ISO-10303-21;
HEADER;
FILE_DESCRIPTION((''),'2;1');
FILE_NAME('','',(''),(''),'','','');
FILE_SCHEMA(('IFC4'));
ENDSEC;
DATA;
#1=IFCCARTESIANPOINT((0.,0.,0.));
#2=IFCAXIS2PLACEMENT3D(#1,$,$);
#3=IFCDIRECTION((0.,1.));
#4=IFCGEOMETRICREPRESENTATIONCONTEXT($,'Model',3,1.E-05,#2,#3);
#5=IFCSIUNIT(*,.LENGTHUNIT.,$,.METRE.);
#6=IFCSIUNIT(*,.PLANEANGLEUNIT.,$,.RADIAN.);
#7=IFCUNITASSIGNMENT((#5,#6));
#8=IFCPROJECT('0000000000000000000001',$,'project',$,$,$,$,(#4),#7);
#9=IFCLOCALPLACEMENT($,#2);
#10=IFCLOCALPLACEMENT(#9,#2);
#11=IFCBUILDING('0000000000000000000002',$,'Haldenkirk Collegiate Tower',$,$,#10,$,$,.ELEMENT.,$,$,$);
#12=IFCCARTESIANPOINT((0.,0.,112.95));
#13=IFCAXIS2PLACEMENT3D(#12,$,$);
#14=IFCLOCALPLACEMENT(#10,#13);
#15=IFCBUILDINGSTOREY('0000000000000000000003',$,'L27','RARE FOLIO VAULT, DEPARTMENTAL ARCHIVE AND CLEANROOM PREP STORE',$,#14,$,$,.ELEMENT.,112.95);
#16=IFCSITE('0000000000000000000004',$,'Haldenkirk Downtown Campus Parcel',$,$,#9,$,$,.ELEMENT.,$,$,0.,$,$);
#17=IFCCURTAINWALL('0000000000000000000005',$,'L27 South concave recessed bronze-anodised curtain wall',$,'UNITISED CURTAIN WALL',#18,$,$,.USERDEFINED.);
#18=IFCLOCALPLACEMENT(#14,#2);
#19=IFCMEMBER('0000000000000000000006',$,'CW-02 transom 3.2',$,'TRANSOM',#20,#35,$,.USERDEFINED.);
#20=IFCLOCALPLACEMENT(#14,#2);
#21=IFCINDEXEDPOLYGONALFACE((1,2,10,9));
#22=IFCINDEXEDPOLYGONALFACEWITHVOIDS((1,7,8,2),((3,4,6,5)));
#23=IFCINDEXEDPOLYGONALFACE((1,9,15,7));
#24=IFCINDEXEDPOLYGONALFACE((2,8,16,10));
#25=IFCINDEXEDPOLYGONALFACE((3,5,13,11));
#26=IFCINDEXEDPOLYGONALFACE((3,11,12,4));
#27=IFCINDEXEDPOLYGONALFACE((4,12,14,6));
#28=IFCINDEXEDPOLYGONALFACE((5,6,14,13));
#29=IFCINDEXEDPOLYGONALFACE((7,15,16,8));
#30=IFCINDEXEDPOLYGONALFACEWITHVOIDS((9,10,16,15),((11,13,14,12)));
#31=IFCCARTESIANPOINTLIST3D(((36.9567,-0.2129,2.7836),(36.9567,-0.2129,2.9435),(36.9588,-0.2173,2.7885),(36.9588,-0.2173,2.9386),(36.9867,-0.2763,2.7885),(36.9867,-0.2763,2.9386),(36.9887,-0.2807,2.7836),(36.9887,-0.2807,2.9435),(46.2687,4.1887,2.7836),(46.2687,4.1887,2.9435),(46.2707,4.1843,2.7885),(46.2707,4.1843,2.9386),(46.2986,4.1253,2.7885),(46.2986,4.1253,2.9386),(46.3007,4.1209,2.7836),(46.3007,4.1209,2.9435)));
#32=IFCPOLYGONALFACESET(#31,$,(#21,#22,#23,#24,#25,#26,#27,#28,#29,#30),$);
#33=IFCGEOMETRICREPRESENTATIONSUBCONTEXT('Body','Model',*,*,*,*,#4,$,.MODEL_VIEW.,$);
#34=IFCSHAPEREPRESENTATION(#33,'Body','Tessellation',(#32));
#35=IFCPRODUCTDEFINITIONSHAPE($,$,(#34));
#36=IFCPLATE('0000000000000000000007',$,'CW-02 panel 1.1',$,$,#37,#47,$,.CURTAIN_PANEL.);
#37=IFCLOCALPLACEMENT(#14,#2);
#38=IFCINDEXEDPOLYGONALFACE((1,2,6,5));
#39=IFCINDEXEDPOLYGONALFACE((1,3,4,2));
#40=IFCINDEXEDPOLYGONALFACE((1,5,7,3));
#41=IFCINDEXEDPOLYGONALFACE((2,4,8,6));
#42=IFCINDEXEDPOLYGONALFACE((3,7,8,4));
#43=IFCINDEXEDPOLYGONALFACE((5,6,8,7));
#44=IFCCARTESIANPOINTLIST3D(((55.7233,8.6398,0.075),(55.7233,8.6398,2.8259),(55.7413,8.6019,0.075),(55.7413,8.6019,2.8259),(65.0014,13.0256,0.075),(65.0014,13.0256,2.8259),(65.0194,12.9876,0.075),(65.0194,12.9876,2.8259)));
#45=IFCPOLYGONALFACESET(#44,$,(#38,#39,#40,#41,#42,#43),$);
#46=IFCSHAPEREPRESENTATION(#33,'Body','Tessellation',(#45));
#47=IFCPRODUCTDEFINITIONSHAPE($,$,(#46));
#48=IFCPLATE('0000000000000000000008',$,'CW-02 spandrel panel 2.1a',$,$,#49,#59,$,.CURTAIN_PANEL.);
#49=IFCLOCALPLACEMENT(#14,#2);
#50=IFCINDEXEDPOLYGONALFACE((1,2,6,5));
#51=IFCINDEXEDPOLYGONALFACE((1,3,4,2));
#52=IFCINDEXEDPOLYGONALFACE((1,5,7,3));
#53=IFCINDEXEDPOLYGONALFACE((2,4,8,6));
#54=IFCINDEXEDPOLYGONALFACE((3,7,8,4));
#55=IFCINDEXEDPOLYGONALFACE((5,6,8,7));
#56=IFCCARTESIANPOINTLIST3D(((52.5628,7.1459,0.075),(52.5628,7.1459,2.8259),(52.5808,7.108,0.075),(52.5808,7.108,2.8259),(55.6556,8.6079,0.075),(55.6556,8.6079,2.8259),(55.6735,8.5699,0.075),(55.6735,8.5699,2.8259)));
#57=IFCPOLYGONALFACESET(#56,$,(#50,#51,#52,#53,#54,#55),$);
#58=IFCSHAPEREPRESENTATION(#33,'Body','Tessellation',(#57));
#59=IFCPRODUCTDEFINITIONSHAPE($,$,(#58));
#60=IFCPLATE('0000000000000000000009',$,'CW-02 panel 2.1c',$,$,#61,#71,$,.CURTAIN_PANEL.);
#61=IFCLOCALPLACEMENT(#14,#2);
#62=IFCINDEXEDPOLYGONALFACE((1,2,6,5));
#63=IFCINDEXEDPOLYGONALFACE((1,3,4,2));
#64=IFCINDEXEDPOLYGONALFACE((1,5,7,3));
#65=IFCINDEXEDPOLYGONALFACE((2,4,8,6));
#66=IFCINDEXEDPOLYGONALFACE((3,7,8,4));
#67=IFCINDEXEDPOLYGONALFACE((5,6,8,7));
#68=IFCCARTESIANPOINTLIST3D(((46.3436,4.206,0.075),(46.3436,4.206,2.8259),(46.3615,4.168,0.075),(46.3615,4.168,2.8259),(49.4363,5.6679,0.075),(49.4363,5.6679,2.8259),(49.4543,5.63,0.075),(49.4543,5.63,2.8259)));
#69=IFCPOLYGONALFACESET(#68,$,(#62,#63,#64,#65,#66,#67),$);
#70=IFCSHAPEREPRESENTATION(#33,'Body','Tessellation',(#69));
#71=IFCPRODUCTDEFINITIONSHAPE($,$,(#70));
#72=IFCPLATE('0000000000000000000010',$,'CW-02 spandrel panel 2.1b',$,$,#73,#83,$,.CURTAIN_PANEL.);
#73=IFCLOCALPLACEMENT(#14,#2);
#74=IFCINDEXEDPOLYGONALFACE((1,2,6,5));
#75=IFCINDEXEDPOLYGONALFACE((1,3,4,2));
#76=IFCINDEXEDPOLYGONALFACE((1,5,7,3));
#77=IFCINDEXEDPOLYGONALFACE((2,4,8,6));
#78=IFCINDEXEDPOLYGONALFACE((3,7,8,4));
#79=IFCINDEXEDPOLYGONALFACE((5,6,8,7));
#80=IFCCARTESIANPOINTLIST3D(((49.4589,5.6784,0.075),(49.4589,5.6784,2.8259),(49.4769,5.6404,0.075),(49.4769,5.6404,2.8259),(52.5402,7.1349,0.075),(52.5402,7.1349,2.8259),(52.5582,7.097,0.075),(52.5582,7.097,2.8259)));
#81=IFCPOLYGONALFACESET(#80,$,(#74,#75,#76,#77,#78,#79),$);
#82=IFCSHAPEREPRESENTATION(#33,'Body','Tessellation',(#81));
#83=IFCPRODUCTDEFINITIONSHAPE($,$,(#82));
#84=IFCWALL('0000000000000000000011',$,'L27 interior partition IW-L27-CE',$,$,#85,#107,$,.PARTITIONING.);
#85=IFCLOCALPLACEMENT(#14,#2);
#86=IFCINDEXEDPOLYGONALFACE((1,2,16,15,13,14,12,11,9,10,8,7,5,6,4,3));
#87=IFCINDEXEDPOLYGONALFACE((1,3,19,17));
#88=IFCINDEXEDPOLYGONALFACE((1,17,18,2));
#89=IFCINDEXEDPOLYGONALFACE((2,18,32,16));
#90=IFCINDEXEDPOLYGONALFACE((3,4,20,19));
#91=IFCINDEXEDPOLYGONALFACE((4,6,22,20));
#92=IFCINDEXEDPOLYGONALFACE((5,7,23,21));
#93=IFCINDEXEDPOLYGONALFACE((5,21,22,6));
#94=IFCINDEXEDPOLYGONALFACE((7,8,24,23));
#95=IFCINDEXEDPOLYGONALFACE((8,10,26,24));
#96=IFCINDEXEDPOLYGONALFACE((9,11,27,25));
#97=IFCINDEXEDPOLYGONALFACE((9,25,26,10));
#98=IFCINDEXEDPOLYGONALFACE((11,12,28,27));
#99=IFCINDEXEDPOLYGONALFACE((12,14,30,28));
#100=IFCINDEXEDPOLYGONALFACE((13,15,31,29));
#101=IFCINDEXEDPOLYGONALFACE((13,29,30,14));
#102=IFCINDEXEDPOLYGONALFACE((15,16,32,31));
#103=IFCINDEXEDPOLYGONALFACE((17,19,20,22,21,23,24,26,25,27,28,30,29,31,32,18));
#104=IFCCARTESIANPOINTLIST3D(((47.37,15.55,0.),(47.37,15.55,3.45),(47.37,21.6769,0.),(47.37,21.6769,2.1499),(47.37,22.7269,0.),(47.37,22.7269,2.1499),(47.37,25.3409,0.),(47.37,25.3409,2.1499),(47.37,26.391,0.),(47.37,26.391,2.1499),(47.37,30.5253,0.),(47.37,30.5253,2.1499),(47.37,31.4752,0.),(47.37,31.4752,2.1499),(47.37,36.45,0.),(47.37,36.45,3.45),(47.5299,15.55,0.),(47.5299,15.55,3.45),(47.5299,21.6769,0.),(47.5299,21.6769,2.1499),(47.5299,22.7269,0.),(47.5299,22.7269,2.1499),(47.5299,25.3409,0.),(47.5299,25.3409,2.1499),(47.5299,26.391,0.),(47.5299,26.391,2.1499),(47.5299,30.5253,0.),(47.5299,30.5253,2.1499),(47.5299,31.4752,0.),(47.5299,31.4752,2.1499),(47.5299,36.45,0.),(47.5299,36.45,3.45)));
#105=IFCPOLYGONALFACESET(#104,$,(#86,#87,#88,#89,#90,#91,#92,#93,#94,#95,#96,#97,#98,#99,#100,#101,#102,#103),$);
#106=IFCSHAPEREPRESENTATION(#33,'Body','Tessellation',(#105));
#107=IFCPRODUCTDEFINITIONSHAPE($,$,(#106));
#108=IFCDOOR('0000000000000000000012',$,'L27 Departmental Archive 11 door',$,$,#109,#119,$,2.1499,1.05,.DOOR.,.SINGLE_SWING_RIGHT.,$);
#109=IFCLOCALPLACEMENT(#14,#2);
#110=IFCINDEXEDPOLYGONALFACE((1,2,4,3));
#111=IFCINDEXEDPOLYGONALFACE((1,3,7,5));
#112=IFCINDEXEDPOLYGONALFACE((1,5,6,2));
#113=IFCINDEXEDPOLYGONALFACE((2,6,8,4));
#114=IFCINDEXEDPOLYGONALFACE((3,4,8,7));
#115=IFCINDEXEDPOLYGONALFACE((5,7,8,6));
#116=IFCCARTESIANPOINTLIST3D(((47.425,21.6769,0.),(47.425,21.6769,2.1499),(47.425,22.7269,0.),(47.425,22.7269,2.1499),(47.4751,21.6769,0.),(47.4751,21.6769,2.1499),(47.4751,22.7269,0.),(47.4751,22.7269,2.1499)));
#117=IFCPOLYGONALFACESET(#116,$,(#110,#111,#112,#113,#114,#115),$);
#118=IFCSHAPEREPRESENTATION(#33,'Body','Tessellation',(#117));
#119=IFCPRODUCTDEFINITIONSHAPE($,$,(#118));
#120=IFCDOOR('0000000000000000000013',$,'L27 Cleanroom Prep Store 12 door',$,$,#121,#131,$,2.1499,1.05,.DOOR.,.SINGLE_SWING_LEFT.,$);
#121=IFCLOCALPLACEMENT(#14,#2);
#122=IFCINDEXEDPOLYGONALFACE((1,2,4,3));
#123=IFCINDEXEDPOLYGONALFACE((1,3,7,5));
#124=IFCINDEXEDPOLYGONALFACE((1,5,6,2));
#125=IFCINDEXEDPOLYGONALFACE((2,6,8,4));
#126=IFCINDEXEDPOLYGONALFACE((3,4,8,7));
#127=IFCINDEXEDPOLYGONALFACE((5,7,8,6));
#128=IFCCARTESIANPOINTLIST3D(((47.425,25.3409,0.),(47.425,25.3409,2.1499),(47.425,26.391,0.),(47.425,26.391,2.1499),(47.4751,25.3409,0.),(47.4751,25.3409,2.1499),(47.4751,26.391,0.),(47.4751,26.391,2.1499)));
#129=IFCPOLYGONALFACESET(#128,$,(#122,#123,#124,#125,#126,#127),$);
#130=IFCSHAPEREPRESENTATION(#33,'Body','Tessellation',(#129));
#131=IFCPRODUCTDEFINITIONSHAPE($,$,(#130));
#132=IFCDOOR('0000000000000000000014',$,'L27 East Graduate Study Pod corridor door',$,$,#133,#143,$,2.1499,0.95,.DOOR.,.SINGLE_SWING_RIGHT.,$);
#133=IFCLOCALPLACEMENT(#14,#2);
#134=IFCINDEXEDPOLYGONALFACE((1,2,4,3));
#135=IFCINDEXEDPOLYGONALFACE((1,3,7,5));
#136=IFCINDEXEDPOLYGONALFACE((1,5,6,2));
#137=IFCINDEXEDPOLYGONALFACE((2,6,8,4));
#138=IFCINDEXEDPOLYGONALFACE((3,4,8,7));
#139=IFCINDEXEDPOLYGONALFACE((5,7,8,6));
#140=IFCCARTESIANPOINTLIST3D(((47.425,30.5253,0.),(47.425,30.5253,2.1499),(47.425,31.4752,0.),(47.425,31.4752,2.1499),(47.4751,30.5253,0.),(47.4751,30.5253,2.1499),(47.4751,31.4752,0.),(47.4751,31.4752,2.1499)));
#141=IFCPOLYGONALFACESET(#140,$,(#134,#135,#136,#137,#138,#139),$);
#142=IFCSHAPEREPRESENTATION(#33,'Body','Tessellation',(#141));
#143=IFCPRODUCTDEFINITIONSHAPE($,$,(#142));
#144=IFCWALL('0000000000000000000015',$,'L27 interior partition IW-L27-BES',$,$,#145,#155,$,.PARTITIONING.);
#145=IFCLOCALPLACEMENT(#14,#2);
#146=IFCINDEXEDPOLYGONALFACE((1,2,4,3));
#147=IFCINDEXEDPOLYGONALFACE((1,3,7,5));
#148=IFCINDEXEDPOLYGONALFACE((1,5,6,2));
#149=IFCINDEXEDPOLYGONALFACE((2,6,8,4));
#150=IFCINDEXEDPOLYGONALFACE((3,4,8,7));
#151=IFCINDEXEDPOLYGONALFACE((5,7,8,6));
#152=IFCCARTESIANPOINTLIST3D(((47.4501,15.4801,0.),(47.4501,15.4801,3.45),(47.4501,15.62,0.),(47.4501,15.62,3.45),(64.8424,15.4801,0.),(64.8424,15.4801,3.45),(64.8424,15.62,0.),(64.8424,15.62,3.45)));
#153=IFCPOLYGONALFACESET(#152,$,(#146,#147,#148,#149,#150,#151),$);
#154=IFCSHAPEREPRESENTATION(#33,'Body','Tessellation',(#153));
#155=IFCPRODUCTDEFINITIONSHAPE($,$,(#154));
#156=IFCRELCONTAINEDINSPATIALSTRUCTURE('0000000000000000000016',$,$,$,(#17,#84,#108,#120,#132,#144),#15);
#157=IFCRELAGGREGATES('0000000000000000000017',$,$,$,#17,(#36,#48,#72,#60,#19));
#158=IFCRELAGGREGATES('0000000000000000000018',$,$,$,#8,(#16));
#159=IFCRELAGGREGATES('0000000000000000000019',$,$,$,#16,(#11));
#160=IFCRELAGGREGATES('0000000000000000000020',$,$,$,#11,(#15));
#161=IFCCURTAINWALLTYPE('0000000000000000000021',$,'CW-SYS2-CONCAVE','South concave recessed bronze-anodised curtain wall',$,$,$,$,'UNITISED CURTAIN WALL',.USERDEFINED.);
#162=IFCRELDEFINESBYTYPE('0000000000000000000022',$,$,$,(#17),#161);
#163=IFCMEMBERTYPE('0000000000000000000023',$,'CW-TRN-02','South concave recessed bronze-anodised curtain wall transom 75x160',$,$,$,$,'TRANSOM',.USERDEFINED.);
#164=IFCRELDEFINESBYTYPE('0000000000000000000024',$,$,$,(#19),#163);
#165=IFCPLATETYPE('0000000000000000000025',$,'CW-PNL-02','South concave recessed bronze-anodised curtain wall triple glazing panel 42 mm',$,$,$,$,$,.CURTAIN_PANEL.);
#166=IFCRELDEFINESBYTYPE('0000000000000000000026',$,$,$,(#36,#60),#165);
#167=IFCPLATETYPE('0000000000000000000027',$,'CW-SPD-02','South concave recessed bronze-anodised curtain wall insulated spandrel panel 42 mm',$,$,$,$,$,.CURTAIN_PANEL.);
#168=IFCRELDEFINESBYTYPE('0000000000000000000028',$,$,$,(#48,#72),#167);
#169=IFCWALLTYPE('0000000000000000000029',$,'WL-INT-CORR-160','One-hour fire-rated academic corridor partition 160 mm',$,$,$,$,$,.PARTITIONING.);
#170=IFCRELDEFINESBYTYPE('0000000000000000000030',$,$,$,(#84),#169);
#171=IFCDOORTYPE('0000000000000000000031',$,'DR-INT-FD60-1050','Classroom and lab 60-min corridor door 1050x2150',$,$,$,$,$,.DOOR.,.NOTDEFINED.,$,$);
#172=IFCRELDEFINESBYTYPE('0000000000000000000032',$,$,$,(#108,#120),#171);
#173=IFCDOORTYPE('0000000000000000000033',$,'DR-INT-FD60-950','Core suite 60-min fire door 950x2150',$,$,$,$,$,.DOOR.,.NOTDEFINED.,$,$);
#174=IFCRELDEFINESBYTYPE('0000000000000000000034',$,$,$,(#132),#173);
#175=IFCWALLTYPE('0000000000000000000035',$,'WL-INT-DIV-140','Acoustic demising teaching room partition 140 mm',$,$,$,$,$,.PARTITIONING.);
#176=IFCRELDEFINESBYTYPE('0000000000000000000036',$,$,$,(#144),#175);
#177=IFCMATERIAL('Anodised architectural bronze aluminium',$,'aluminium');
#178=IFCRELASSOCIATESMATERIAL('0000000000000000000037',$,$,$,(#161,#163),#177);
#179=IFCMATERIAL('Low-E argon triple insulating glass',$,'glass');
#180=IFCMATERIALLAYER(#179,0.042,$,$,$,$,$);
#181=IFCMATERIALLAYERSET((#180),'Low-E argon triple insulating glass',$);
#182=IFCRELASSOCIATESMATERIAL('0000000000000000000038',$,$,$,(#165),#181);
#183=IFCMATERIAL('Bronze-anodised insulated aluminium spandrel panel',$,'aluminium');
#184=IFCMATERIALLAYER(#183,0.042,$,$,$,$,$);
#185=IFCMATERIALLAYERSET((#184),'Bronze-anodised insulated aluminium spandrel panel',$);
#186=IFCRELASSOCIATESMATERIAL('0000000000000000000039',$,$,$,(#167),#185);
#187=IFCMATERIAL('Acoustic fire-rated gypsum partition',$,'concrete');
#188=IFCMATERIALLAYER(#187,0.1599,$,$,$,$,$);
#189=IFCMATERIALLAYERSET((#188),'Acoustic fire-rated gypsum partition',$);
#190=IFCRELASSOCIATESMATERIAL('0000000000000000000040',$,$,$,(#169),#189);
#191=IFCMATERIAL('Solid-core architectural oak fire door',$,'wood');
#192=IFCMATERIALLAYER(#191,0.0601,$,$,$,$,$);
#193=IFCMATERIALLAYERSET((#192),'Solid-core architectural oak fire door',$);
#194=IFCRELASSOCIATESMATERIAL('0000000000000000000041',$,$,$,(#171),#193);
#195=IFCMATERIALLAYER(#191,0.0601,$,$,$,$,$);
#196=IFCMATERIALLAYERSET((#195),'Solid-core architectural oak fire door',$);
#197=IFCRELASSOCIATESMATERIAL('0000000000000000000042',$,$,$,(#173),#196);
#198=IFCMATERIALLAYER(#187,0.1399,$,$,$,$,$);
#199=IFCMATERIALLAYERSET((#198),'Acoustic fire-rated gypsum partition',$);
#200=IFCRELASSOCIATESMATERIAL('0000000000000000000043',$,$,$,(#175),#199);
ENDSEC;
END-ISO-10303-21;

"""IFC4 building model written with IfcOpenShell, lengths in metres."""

from ifc_helpers import new_model, si_unit, direction, frame, frame_2d, origin, origin_2d, place, context, subcontext, project, spatial, rectangle, hollow_rectangle, extrude, source, transform, mapped, material, layer, layer_set, material_profile, profile_set, type_object, element, fill, aggregate, save


model = new_model("IFC4")

# Units and contexts
model_context = context("Model", 3, precision=1e-05, world=origin(), true_north=direction((0.0, 1.0)))
body_context = subcontext(model_context, "Body", "Model", "MODEL_VIEW")
ifc_project = project(units=[si_unit("LENGTHUNIT", "METRE"), si_unit("PLANEANGLEUNIT", "RADIAN")], contexts=[model_context])

# Site, building, storey
site_placement = place(None, origin())
site = spatial("IfcSite", under=ifc_project, at=site_placement, Name="Haldenkirk Downtown Campus Parcel", CompositionType="ELEMENT", RefElevation=0.0)
building_placement = place(site_placement, origin())
building = spatial("IfcBuilding", under=site, at=building_placement, Name="Haldenkirk Collegiate Tower", CompositionType="ELEMENT")
storey_placement = place(building_placement, frame((0.0, 0.0, 112.95)))
storey = spatial("IfcBuildingStorey", under=building, at=storey_placement, Name="L27", Description="RARE FOLIO VAULT, DEPARTMENTAL ARCHIVE AND CLEANROOM PREP STORE", CompositionType="ELEMENT", Elevation=112.95)

# Curtain wall, member, plates
ifc_material_1 = material(Name="Anodised architectural bronze aluminium", Category="aluminium")
curtain_wall_type = type_object("IfcCurtainWallType", Name="CW-SYS2-CONCAVE", Description="South concave recessed bronze-anodised curtain wall", ElementType="UNITISED CURTAIN WALL", PredefinedType="USERDEFINED", material=ifc_material_1)
curtain_wall_placement = place(storey_placement, origin())
curtain_wall = element("IfcCurtainWall", 1, at=curtain_wall_placement, inside=storey, type_object=curtain_wall_type, Name="L27 South concave recessed bronze-anodised curtain wall", ObjectType="UNITISED CURTAIN WALL", PredefinedType="USERDEFINED")
ifc_material_profile_1 = material_profile(ifc_material_1, hollow_rectangle(XDim=0.075, YDim=0.1599, WallThickness=0.0049, at=origin_2d()), Name="CW-TRN-02")
ifc_profile_set_1 = profile_set([ifc_material_profile_1], Name="Anodised architectural bronze aluminium")
member_type_1 = type_object("IfcMemberType", Name="CW-TRN-02", Description="South concave recessed bronze-anodised curtain wall transom 75x160", ElementType="TRANSOM", PredefinedType="USERDEFINED", material=ifc_profile_set_1)
member_1_placement = place(storey_placement, frame((46.2847, 4.1548, 2.8635), z_axis=(-0.904088, -0.427345, 0.0), x_axis=(0.427345, -0.904088, 0.0)))
member_1 = element("IfcMember", 2, at=member_1_placement, type_object=member_type_1, Name="CW-02 transom 3.2", ObjectType="TRANSOM", PredefinedType="USERDEFINED", context=body_context, shape_type="SweptSolid", body=[
    extrude(hollow_rectangle(XDim=0.075, YDim=0.1599, WallThickness=0.0049, at=origin_2d()), origin(), (0.0, 0.0, 1.0), 10.2998),
])
ifc_material_2 = material(Name="Low-E argon triple insulating glass", Category="glass")
ifc_layer_1 = layer(ifc_material_2, 0.042)
ifc_layer_set_1 = layer_set([ifc_layer_1], Name="Low-E argon triple insulating glass")
plate_type_1 = type_object("IfcPlateType", Name="CW-PNL-02", Description="South concave recessed bronze-anodised curtain wall triple glazing panel 42 mm", PredefinedType="CURTAIN_PANEL", material=ifc_layer_set_1)
shared_shape_1 = source(origin(), body_context, "Body", "SweptSolid", [
    extrude(rectangle(XDim=10.2625, YDim=0.042, at=origin_2d()), origin(), (0.0, 0.0, 1.0), 2.751),
])
plate_1_placement = place(storey_placement, frame((60.3713, 10.8137, 0.075), z_axis=(0.0, 0.0, 1.0), x_axis=(-0.904082, -0.427359, 0.0)))
plate_1 = element("IfcPlate", 3, at=plate_1_placement, type_object=plate_type_1, Name="CW-02 panel 1.1", PredefinedType="CURTAIN_PANEL", context=body_context, shape_type="MappedRepresentation", body=[
    mapped(shared_shape_1, transform((0.0, 0.0, 0.0), x_axis=(1.0, 0.0, 0.0), y_axis=(0.0, 1.0, 0.0), z_axis=(0.0, 0.0, 1.0), scale=1.0)),
])
ifc_material_3 = material(Name="Bronze-anodised insulated aluminium spandrel panel", Category="aluminium")
ifc_layer_2 = layer(ifc_material_3, 0.042)
ifc_layer_set_2 = layer_set([ifc_layer_2], Name="Bronze-anodised insulated aluminium spandrel panel")
plate_type_2 = type_object("IfcPlateType", Name="CW-SPD-02", Description="South concave recessed bronze-anodised curtain wall insulated spandrel panel 42 mm", PredefinedType="CURTAIN_PANEL", material=ifc_layer_set_2)
shared_shape_2 = source(origin(), body_context, "Body", "SweptSolid", [
    extrude(rectangle(XDim=3.4209, YDim=0.042, at=origin_2d()), origin(), (0.0, 0.0, 1.0), 2.751),
])
plate_2_placement = place(storey_placement, frame((54.1182, 7.8579, 0.075), z_axis=(0.0, 0.0, 1.0), x_axis=(-0.904082, -0.427359, 0.0)))
plate_2 = element("IfcPlate", 4, at=plate_2_placement, type_object=plate_type_2, Name="CW-02 spandrel panel 2.1a", PredefinedType="CURTAIN_PANEL", context=body_context, shape_type="MappedRepresentation", body=[
    mapped(shared_shape_2, transform((0.0, 0.0, 0.0), x_axis=(1.0, 0.0, 0.0), y_axis=(0.0, 1.0, 0.0), z_axis=(0.0, 0.0, 1.0), scale=1.0)),
])
plate_3_placement = place(storey_placement, frame((47.8989, 4.918, 0.075), z_axis=(0.0, 0.0, 1.0), x_axis=(-0.904082, -0.427359, 0.0)))
plate_3 = element("IfcPlate", 5, at=plate_3_placement, type_object=plate_type_1, Name="CW-02 panel 2.1c", PredefinedType="CURTAIN_PANEL", context=body_context, shape_type="MappedRepresentation", body=[
    mapped(shared_shape_2, transform((0.0, 0.0, 0.0), x_axis=(1.0, 0.0, 0.0), y_axis=(0.0, 1.0, 0.0), z_axis=(0.0, 0.0, 1.0), scale=1.0)),
])
shared_shape_3 = source(origin(), body_context, "Body", "SweptSolid", [
    extrude(rectangle(XDim=3.4082, YDim=0.042, at=origin_2d()), origin(), (0.0, 0.0, 1.0), 2.751),
])
plate_4_placement = place(storey_placement, frame((51.0085, 6.3877, 0.075), z_axis=(0.0, 0.0, 1.0), x_axis=(-0.904082, -0.427359, 0.0)))
plate_4 = element("IfcPlate", 6, at=plate_4_placement, type_object=plate_type_2, Name="CW-02 spandrel panel 2.1b", PredefinedType="CURTAIN_PANEL", context=body_context, shape_type="MappedRepresentation", body=[
    mapped(shared_shape_3, transform((0.0, 0.0, 0.0), x_axis=(1.0, 0.0, 0.0), y_axis=(0.0, 1.0, 0.0), z_axis=(0.0, 0.0, 1.0), scale=1.0)),
])
aggregate(curtain_wall, [plate_1, plate_2, plate_4, plate_3, member_1])

# Wall, openings, doors
ifc_material_4 = material(Name="Acoustic fire-rated gypsum partition", Category="concrete")
ifc_layer_3 = layer(ifc_material_4, 0.1599)
ifc_layer_set_3 = layer_set([ifc_layer_3], Name="Acoustic fire-rated gypsum partition")
wall_type_1 = type_object("IfcWallType", Name="WL-INT-CORR-160", Description="One-hour fire-rated academic corridor partition 160 mm", PredefinedType="PARTITIONING", material=ifc_layer_set_3)
wall_1_placement = place(storey_placement, frame((47.45, 15.55, 0.0), z_axis=(0.0, 0.0, 1.0), x_axis=(0.0, 1.0, 0.0)))
wall_1 = element("IfcWall", 7, at=wall_1_placement, inside=storey, type_object=wall_type_1, Name="L27 interior partition IW-L27-CE", PredefinedType="PARTITIONING", context=body_context, shape_type="SweptSolid", body=[
    extrude(rectangle(XDim=20.8999, YDim=0.1599, at=frame_2d((10.45, 0.0))), origin(), (0.0, 0.0, 1.0), 3.45),
])
opening_1_placement = place(wall_1_placement, frame((14.9751, 0.0, 0.0)))
opening_1 = element("IfcOpeningElement", 8, at=opening_1_placement, cuts=wall_1, PredefinedType="OPENING", context=body_context, shape_type="SweptSolid", body=[
    extrude(rectangle(XDim=0.95, YDim=2.1499, at=frame_2d((0.4751, 1.075))), frame((0.0, 0.0898, 0.0), z_axis=(0.0, -1.0, 0.0), x_axis=(1.0, 0.0, 0.0)), (0.0, 0.0, 1.0), 0.1799),
])
opening_2_placement = place(wall_1_placement, frame((6.127, 0.0, 0.0)))
opening_2 = element("IfcOpeningElement", 9, at=opening_2_placement, cuts=wall_1, PredefinedType="OPENING", context=body_context, shape_type="SweptSolid", body=[
    extrude(rectangle(XDim=1.05, YDim=2.1499, at=frame_2d((0.5249, 1.075))), frame((0.0, 0.0898, 0.0), z_axis=(0.0, -1.0, 0.0), x_axis=(1.0, 0.0, 0.0)), (0.0, 0.0, 1.0), 0.1799),
])
opening_3_placement = place(wall_1_placement, frame((9.791, 0.0, 0.0)))
opening_3 = element("IfcOpeningElement", 10, at=opening_3_placement, cuts=wall_1, PredefinedType="OPENING", context=body_context, shape_type="SweptSolid", body=[
    extrude(rectangle(XDim=1.05, YDim=2.1499, at=frame_2d((0.5249, 1.075))), frame((0.0, 0.0898, 0.0), z_axis=(0.0, -1.0, 0.0), x_axis=(1.0, 0.0, 0.0)), (0.0, 0.0, 1.0), 0.1799),
])
ifc_material_5 = material(Name="Solid-core architectural oak fire door", Category="wood")
ifc_layer_4 = layer(ifc_material_5, 0.0601)
ifc_layer_set_4 = layer_set([ifc_layer_4], Name="Solid-core architectural oak fire door")
door_type_1 = type_object("IfcDoorType", Name="DR-INT-FD60-1050", Description="Classroom and lab 60-min corridor door 1050x2150", OperationType="NOTDEFINED", PredefinedType="DOOR", material=ifc_layer_set_4)
door_1_placement = place(opening_2_placement, origin())
door_1 = element("IfcDoor", 11, at=door_1_placement, inside=storey, type_object=door_type_1, Name="L27 Departmental Archive 11 door", OperationType="SINGLE_SWING_RIGHT", OverallHeight=2.1499, OverallWidth=1.05, PredefinedType="DOOR", context=body_context, shape_type="SweptSolid", body=[
    extrude(rectangle(XDim=1.05, YDim=2.1499, at=frame_2d((0.5249, 1.075))), frame((0.0, 0.0249, 0.0), z_axis=(0.0, -1.0, 0.0), x_axis=(1.0, 0.0, 0.0)), (0.0, 0.0, 1.0), 0.05),
])
fill(opening_2, door_1)
door_2_placement = place(opening_3_placement, origin())
door_2 = element("IfcDoor", 12, at=door_2_placement, inside=storey, type_object=door_type_1, Name="L27 Cleanroom Prep Store 12 door", OperationType="SINGLE_SWING_LEFT", OverallHeight=2.1499, OverallWidth=1.05, PredefinedType="DOOR", context=body_context, shape_type="SweptSolid", body=[
    extrude(rectangle(XDim=1.05, YDim=2.1499, at=frame_2d((0.5249, 1.075))), frame((0.0, 0.0249, 0.0), z_axis=(0.0, -1.0, 0.0), x_axis=(1.0, 0.0, 0.0)), (0.0, 0.0, 1.0), 0.05),
])
fill(opening_3, door_2)
ifc_layer_5 = layer(ifc_material_5, 0.0601)
ifc_layer_set_5 = layer_set([ifc_layer_5], Name="Solid-core architectural oak fire door")
door_type_2 = type_object("IfcDoorType", Name="DR-INT-FD60-950", Description="Core suite 60-min fire door 950x2150", OperationType="NOTDEFINED", PredefinedType="DOOR", material=ifc_layer_set_5)
door_3_placement = place(opening_1_placement, origin())
door_3 = element("IfcDoor", 13, at=door_3_placement, inside=storey, type_object=door_type_2, Name="L27 East Graduate Study Pod corridor door", OperationType="SINGLE_SWING_RIGHT", OverallHeight=2.1499, OverallWidth=0.95, PredefinedType="DOOR", context=body_context, shape_type="SweptSolid", body=[
    extrude(rectangle(XDim=0.95, YDim=2.1499, at=frame_2d((0.4751, 1.075))), frame((0.0, 0.0249, 0.0), z_axis=(0.0, -1.0, 0.0), x_axis=(1.0, 0.0, 0.0)), (0.0, 0.0, 1.0), 0.05),
])
fill(opening_1, door_3)

# Wall
ifc_layer_6 = layer(ifc_material_4, 0.1399)
ifc_layer_set_6 = layer_set([ifc_layer_6], Name="Acoustic fire-rated gypsum partition")
wall_type_2 = type_object("IfcWallType", Name="WL-INT-DIV-140", Description="Acoustic demising teaching room partition 140 mm", PredefinedType="PARTITIONING", material=ifc_layer_set_6)
wall_2_placement = place(storey_placement, frame((47.45, 15.55, 0.0), z_axis=(0.0, 0.0, 1.0), x_axis=(1.0, 0.0, 0.0)))
element("IfcWall", 14, at=wall_2_placement, inside=storey, type_object=wall_type_2, Name="L27 interior partition IW-L27-BES", PredefinedType="PARTITIONING", context=body_context, shape_type="SweptSolid", body=[
    extrude(rectangle(XDim=17.3923, YDim=0.1399, at=frame_2d((8.6963, 0.0))), origin(), (0.0, 0.0, 1.0), 3.45),
])

save(model, "model.ifc")
